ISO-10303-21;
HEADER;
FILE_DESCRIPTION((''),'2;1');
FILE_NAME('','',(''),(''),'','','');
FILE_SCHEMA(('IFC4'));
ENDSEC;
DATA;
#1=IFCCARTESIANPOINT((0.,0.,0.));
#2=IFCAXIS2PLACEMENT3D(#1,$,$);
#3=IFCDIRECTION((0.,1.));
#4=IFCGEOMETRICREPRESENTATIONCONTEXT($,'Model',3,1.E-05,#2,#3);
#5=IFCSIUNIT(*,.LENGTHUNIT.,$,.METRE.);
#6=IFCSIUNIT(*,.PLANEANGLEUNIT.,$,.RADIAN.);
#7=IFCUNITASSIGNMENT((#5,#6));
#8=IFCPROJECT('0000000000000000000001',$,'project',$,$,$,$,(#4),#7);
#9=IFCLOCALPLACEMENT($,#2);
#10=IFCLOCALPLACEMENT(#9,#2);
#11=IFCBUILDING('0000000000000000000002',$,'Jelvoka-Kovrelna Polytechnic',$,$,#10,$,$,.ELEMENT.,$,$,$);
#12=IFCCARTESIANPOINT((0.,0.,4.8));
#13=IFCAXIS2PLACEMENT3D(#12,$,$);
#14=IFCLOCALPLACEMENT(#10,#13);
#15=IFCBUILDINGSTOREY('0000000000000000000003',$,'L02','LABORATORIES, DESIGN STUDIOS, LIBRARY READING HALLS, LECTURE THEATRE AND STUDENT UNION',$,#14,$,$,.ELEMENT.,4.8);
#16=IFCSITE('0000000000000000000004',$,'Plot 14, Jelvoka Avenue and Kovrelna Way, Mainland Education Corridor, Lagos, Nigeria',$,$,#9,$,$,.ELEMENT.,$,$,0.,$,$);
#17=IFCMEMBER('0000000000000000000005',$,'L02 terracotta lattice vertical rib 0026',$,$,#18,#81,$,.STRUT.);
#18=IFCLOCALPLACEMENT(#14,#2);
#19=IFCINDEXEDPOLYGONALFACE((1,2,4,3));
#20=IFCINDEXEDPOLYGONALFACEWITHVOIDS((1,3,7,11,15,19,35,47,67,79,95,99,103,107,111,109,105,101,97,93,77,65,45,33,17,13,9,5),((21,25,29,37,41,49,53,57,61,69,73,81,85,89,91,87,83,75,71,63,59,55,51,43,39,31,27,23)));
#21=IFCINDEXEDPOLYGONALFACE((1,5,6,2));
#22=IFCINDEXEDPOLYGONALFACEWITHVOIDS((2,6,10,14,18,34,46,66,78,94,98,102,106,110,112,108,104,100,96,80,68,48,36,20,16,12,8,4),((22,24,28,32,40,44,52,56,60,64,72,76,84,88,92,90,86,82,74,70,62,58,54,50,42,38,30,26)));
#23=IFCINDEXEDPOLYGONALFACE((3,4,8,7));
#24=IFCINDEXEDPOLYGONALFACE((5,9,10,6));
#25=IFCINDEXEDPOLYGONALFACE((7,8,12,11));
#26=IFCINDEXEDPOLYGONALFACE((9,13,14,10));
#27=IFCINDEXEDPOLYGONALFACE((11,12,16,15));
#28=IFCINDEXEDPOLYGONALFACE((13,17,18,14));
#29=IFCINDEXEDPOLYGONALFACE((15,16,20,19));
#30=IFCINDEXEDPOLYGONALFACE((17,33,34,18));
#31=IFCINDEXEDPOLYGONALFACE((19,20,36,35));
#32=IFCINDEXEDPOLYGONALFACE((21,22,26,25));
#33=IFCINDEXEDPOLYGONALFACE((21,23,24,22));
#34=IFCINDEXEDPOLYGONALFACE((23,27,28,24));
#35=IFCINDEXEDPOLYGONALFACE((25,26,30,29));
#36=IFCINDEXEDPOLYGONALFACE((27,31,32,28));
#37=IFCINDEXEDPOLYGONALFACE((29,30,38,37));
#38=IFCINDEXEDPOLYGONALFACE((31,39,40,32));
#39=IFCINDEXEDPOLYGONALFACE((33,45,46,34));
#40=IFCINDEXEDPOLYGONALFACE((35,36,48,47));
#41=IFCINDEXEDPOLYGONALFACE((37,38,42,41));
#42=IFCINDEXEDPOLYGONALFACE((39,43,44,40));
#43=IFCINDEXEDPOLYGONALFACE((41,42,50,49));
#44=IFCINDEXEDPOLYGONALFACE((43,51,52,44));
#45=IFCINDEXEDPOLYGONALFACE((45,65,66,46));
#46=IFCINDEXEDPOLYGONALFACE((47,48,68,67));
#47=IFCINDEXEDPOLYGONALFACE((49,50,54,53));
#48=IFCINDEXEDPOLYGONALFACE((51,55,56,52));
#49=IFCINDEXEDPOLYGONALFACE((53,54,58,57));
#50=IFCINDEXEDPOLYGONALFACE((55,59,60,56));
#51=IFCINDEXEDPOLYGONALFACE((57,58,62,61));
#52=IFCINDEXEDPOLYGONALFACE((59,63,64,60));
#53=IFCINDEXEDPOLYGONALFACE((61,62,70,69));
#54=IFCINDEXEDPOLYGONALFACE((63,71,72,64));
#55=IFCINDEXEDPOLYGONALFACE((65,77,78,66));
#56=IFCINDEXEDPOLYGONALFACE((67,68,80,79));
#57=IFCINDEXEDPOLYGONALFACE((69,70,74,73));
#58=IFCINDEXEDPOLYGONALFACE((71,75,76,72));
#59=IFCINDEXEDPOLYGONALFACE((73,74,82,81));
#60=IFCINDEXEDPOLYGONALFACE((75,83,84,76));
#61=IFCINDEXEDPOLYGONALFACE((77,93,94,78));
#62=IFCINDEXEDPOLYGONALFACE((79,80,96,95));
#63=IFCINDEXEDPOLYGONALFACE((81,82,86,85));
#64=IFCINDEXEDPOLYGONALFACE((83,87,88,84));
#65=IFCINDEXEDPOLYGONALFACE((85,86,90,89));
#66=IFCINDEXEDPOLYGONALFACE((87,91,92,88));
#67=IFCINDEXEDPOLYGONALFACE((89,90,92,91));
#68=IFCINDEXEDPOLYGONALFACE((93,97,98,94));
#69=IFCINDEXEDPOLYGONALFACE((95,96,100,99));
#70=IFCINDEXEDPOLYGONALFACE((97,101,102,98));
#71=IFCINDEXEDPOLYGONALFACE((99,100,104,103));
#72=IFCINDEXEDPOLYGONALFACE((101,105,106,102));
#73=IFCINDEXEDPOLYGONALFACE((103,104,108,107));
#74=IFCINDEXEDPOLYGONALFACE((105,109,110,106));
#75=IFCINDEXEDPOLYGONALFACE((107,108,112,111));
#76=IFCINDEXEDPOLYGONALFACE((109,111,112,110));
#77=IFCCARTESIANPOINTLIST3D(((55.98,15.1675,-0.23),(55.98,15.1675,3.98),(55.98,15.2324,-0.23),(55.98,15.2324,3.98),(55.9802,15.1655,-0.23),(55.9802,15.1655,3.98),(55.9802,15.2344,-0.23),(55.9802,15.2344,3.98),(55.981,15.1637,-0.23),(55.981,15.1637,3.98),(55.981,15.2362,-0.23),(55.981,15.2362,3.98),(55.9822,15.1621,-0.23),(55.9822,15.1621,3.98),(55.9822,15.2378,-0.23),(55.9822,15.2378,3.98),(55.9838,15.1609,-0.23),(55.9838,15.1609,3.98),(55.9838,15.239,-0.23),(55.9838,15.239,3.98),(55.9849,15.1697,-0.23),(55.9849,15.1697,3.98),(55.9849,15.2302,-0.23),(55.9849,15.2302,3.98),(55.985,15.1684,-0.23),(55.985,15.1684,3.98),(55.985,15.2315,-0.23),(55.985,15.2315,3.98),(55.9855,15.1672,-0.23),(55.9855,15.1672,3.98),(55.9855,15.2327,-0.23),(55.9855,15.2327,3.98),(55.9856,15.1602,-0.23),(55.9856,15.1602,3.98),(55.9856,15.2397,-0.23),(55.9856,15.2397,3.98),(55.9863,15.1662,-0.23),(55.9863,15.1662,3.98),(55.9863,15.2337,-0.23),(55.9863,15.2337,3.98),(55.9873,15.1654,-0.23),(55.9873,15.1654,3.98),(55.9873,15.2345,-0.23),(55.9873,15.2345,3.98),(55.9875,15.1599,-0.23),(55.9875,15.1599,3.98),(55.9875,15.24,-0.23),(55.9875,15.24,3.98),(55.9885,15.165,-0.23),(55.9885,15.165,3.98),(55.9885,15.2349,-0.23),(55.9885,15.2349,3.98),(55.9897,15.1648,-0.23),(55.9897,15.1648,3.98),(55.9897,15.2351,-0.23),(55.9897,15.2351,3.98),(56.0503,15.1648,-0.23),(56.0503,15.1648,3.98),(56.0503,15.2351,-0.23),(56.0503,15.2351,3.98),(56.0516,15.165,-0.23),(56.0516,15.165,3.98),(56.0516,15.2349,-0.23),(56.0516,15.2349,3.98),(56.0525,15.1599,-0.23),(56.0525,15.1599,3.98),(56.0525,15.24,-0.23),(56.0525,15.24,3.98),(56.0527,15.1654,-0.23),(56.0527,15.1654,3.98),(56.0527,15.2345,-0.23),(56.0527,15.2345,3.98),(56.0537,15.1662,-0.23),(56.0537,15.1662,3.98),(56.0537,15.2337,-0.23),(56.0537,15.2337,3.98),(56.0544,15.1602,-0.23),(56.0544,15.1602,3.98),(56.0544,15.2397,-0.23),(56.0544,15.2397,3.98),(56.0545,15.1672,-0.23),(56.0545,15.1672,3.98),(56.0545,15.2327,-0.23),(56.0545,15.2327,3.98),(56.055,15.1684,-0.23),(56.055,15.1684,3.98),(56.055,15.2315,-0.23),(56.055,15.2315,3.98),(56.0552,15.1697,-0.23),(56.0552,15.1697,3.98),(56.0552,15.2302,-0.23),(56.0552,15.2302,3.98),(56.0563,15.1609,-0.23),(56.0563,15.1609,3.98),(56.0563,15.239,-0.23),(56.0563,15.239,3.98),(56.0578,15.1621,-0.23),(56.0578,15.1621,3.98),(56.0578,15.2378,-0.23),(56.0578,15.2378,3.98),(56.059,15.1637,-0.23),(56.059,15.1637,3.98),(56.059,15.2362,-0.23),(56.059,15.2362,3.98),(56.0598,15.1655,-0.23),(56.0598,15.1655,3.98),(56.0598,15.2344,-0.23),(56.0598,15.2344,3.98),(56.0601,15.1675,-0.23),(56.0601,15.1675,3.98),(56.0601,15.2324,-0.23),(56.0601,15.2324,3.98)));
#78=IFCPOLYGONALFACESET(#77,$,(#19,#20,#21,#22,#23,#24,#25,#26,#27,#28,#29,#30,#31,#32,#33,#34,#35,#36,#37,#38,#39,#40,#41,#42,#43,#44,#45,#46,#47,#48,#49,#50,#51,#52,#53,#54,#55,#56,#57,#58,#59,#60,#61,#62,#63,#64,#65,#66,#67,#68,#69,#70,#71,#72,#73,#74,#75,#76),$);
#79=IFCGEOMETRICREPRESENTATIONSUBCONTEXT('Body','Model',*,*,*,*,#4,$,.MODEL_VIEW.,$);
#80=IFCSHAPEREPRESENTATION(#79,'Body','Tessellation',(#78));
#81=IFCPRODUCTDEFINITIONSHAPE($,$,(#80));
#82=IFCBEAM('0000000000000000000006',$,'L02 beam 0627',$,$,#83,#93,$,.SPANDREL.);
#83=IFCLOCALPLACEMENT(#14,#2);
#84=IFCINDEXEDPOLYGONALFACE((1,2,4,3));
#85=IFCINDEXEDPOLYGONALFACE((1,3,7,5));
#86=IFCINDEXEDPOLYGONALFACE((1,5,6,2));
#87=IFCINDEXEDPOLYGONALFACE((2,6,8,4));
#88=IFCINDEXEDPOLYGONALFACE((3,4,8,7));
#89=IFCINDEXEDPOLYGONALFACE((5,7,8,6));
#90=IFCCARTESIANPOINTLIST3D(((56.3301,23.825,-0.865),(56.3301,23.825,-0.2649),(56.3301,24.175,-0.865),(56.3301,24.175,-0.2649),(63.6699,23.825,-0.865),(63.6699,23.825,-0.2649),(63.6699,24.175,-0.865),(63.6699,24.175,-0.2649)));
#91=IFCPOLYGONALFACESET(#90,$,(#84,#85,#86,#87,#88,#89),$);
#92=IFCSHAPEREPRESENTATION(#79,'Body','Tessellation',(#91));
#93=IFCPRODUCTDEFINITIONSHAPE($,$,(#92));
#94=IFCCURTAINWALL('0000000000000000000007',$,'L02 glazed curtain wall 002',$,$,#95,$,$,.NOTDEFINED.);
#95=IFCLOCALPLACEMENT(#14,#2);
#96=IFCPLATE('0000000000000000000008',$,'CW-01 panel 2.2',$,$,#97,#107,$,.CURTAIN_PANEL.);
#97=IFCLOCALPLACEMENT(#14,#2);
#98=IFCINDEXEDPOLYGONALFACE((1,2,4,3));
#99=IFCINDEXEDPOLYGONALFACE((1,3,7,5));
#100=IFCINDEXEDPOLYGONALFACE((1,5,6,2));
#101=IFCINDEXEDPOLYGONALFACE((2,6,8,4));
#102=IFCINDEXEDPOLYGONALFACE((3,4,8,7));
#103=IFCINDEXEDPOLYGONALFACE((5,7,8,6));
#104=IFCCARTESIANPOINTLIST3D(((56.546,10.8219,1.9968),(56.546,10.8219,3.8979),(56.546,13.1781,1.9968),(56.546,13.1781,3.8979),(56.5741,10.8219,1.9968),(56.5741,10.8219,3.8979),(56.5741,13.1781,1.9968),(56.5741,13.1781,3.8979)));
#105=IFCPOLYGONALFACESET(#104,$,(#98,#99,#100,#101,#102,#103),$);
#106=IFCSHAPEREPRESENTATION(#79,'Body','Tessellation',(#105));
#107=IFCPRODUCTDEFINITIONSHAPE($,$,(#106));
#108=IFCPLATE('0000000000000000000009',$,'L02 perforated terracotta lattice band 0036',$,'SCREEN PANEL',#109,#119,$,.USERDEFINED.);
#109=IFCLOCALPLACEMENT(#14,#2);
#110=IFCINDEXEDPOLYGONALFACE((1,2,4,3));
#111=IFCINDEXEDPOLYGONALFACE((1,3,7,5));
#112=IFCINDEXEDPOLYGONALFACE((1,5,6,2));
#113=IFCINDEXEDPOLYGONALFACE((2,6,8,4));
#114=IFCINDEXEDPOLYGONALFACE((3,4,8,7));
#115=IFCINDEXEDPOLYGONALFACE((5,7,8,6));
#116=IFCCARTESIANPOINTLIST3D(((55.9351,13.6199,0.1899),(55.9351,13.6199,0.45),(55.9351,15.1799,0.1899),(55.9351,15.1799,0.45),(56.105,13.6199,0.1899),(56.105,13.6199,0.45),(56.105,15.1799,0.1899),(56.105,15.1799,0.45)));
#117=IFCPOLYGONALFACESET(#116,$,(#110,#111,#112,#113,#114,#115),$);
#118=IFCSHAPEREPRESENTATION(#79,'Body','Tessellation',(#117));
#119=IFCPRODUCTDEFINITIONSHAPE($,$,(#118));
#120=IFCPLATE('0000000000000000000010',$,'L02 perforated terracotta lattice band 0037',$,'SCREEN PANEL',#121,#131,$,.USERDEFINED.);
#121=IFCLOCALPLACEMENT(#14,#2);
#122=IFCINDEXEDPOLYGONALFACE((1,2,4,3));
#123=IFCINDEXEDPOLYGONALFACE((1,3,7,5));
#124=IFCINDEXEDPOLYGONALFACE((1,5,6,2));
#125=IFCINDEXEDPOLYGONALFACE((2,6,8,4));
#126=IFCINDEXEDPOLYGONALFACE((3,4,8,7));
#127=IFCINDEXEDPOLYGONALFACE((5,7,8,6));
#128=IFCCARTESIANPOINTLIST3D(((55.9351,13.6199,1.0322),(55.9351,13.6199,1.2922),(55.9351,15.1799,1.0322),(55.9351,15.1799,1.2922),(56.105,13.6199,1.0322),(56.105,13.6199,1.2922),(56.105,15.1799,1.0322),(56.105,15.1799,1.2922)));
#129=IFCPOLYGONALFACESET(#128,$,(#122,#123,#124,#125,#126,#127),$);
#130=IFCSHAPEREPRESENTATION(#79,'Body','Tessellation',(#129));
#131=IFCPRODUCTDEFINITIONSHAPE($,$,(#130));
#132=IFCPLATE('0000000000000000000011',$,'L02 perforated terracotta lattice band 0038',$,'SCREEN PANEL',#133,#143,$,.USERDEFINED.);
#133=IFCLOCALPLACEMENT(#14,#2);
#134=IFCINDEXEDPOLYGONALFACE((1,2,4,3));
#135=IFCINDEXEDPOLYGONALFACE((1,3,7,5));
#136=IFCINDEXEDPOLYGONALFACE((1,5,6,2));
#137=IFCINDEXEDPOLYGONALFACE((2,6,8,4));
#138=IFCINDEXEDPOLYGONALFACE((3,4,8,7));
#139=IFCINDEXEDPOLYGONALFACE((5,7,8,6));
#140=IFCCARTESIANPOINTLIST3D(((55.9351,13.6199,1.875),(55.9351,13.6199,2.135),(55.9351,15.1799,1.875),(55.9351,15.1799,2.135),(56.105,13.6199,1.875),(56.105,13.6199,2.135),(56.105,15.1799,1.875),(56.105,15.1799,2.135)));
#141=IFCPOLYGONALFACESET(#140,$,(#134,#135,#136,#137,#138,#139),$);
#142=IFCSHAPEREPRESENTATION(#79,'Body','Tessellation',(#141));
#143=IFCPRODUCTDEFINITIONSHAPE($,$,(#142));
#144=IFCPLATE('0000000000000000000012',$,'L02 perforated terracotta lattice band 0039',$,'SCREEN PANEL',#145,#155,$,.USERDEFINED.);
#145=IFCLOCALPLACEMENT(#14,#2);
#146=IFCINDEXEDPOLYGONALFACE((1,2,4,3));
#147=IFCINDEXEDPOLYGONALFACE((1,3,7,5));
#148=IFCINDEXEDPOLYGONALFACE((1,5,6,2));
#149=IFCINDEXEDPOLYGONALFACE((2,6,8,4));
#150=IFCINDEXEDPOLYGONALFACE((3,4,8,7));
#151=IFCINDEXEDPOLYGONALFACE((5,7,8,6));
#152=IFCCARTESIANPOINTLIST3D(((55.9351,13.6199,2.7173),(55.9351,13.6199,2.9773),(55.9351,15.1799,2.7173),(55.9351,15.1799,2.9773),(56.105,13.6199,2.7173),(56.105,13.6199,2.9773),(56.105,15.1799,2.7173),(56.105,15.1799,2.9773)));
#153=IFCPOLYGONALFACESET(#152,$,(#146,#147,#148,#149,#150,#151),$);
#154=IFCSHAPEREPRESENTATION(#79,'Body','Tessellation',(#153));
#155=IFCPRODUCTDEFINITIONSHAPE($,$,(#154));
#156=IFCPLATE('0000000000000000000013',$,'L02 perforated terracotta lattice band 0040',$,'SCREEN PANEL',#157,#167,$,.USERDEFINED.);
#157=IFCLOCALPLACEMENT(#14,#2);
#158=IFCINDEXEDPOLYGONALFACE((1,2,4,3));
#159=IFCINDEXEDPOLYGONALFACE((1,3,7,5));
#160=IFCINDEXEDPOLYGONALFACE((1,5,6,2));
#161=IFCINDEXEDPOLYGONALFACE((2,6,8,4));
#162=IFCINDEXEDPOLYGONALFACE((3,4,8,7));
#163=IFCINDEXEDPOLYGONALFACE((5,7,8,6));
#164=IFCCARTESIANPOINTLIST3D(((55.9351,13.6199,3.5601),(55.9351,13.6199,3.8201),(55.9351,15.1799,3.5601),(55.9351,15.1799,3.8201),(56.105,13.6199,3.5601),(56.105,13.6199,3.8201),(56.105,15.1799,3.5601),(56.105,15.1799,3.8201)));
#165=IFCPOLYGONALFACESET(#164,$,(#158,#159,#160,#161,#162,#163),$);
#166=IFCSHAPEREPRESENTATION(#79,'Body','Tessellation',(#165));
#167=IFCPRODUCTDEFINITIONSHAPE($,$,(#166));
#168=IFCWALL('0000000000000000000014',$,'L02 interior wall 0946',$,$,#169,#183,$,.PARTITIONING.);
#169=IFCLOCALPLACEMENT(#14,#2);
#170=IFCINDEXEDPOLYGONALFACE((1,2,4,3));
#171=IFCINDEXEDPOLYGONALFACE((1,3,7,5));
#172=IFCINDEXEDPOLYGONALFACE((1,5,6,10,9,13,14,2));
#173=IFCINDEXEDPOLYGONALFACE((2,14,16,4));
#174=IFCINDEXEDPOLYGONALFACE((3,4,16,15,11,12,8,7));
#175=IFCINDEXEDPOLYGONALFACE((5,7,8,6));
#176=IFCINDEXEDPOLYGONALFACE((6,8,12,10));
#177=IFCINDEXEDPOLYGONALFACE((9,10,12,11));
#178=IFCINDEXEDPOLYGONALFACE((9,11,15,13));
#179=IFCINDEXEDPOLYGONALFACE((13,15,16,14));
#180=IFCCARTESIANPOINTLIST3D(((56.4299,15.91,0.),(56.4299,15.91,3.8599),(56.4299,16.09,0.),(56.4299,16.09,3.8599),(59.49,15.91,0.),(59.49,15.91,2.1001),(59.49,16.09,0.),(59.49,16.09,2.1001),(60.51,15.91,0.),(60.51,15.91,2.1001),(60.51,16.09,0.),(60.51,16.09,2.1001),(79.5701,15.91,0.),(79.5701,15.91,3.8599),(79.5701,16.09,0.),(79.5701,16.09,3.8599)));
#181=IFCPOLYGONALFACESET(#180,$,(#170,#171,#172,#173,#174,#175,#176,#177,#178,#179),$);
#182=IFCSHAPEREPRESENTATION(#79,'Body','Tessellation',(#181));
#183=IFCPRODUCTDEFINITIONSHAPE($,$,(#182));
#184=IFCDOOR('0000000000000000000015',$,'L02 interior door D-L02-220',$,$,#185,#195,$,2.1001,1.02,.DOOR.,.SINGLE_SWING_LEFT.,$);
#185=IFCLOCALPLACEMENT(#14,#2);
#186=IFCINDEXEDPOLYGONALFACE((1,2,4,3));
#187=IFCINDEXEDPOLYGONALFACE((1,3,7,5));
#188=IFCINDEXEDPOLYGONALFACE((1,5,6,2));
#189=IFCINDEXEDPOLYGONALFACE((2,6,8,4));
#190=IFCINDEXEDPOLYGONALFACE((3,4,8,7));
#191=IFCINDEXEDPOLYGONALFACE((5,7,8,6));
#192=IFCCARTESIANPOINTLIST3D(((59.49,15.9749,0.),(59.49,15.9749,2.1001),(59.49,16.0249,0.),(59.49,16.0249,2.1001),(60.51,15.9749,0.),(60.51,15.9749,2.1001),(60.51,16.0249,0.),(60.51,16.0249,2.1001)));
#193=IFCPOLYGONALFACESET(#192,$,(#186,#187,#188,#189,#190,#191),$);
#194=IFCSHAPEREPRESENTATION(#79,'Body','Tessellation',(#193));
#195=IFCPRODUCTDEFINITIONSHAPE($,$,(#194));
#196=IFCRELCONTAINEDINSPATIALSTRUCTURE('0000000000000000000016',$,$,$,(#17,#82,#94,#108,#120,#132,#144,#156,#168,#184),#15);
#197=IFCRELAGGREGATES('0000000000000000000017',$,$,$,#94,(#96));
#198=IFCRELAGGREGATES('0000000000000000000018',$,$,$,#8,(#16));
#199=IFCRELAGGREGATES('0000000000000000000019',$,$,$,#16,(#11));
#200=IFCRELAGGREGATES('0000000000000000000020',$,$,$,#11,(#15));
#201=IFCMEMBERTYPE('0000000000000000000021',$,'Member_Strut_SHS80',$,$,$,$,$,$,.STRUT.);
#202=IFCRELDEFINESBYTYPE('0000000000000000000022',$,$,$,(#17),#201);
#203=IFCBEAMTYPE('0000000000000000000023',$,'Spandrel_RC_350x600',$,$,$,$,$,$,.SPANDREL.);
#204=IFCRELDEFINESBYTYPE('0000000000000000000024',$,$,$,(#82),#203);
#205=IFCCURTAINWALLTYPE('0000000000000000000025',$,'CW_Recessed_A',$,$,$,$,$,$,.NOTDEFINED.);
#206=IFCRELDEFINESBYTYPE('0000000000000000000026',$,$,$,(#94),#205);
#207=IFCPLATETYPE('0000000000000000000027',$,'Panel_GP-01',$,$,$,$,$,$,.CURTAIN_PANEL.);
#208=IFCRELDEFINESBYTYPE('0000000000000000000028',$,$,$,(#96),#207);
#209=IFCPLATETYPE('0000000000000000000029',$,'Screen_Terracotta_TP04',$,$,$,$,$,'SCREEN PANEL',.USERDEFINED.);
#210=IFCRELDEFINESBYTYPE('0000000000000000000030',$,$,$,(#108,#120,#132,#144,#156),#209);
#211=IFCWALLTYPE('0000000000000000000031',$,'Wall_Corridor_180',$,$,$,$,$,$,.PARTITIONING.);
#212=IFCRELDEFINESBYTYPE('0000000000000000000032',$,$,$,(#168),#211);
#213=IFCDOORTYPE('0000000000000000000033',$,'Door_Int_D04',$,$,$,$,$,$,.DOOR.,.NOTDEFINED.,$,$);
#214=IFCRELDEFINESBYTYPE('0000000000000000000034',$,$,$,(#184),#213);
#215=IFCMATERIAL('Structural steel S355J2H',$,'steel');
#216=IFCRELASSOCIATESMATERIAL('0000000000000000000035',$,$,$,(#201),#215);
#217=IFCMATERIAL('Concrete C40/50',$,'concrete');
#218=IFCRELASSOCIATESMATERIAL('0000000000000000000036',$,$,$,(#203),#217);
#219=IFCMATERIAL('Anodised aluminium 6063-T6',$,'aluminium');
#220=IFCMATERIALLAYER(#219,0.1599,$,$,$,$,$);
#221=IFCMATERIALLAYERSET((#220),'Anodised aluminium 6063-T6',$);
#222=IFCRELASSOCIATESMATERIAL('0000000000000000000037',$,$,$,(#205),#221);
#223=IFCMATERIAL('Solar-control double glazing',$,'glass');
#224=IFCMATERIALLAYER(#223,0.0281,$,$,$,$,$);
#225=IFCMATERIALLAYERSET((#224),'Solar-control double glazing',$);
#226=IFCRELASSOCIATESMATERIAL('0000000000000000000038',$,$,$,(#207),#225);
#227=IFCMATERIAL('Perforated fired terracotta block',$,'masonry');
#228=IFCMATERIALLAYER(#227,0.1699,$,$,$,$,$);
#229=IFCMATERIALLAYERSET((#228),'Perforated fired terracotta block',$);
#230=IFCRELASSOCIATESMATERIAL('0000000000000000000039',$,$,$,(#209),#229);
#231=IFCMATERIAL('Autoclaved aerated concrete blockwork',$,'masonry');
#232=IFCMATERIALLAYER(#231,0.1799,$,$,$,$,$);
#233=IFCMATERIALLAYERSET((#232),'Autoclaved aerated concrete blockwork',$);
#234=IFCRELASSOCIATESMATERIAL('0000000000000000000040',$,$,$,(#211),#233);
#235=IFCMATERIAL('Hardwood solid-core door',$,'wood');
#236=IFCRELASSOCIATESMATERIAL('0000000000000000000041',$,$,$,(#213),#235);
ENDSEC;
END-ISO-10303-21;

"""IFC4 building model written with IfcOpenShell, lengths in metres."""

from ifc_helpers import new_model, si_unit, direction, frame, frame_2d, origin, origin_2d, place, context, subcontext, project, spatial, rectangle, hollow_rectangle, extrude, material, layer, layer_set, material_profile, profile_set, type_object, element, fill, aggregate, save


model = new_model("IFC4")

# Units and contexts
model_context = context("Model", 3, precision=1e-05, world=origin(), true_north=direction((0.0, 1.0)))
body_context = subcontext(model_context, "Body", "Model", "MODEL_VIEW")
ifc_project = project(units=[si_unit("LENGTHUNIT", "METRE"), si_unit("PLANEANGLEUNIT", "RADIAN")], contexts=[model_context])

# Site, building, storey
site_placement = place(None, origin())
site = spatial("IfcSite", under=ifc_project, at=site_placement, Name="Plot 14, Jelvoka Avenue and Kovrelna Way, Mainland Education Corridor, Lagos, Nigeria", CompositionType="ELEMENT", RefElevation=0.0)
building_placement = place(site_placement, origin())
building = spatial("IfcBuilding", under=site, at=building_placement, Name="Jelvoka-Kovrelna Polytechnic", CompositionType="ELEMENT")
storey_placement = place(building_placement, frame((0.0, 0.0, 4.8)))
storey = spatial("IfcBuildingStorey", under=building, at=storey_placement, Name="L02", Description="LABORATORIES, DESIGN STUDIOS, LIBRARY READING HALLS, LECTURE THEATRE AND STUDENT UNION", CompositionType="ELEMENT", Elevation=4.8)

# Member
ifc_material_1 = material(Name="Structural steel S355J2H", Category="steel")
ifc_material_profile_1 = material_profile(ifc_material_1, hollow_rectangle(XDim=0.0801, YDim=0.0801, WallThickness=0.0049, InnerFilletRadius=0.0049, OuterFilletRadius=0.0076, at=origin_2d()), Name="80x80x5.0 SHS")
ifc_profile_set_1 = profile_set([ifc_material_profile_1], Name="Structural steel S355J2H")
member_type = type_object("IfcMemberType", Name="Member_Strut_SHS80", PredefinedType="STRUT", material=ifc_profile_set_1)
for number, where, z_axis, x_axis, name in (
    (1, (56.02, 15.2, -0.23), (0.0, 0.0, 1.0), (1.0, 0.0, 0.0), "L02 terracotta lattice vertical rib 0026"),
):
    element("IfcMember", number, at=place(storey_placement, frame(where, z_axis=z_axis, x_axis=x_axis)), inside=storey, type_object=member_type, Name=name, PredefinedType="STRUT", context=body_context, shape_type="SweptSolid", body=[
        extrude(hollow_rectangle(XDim=0.0801, YDim=0.0801, WallThickness=0.0049, InnerFilletRadius=0.0049, OuterFilletRadius=0.0076, at=origin_2d()), origin(), (0.0, 0.0, 1.0), 4.21),
    ])

# Beam
ifc_material_2 = material(Name="Concrete C40/50", Category="concrete")
ifc_material_profile_2 = material_profile(ifc_material_2, rectangle(XDim=0.3501, YDim=0.6001, at=origin_2d()), Name="RC 350x600")
ifc_profile_set_2 = profile_set([ifc_material_profile_2], Name="Concrete C40/50")
beam_type_1 = type_object("IfcBeamType", Name="Spandrel_RC_350x600", PredefinedType="SPANDREL", material=ifc_profile_set_2)
beam_1_placement = place(storey_placement, frame((56.3301, 24.0, -0.5649), z_axis=(1.0, 0.0, 0.0), x_axis=(0.0, 1.0, 0.0)))
element("IfcBeam", 2, at=beam_1_placement, inside=storey, type_object=beam_type_1, Name="L02 beam 0627", PredefinedType="SPANDREL", context=body_context, shape_type="SweptSolid", body=[
    extrude(rectangle(XDim=0.3501, YDim=0.6001, at=origin_2d()), origin(), (0.0, 0.0, 1.0), 7.3398),
])

# Curtain wall, plate
ifc_material_3 = material(Name="Anodised aluminium 6063-T6", Category="aluminium")
ifc_layer_1 = layer(ifc_material_3, 0.1599)
ifc_layer_set_1 = layer_set([ifc_layer_1], Name="Anodised aluminium 6063-T6")
curtain_wall_type = type_object("IfcCurtainWallType", Name="CW_Recessed_A", PredefinedType="NOTDEFINED", material=ifc_layer_set_1)
curtain_wall_placement = place(storey_placement, origin())
curtain_wall = element("IfcCurtainWall", 3, at=curtain_wall_placement, inside=storey, type_object=curtain_wall_type, Name="L02 glazed curtain wall 002", PredefinedType="NOTDEFINED")
ifc_material_4 = material(Name="Solar-control double glazing", Category="glass")
ifc_layer_2 = layer(ifc_material_4, 0.0281)
ifc_layer_set_2 = layer_set([ifc_layer_2], Name="Solar-control double glazing")
plate_type_1 = type_object("IfcPlateType", Name="Panel_GP-01", PredefinedType="CURTAIN_PANEL", material=ifc_layer_set_2)
plate_placement = place(storey_placement, frame((56.5601, 12.0, 1.9968), z_axis=(0.0, 0.0, 1.0), x_axis=(0.0, 1.0, 0.0)))
plate = element("IfcPlate", 4, at=plate_placement, type_object=plate_type_1, Name="CW-01 panel 2.2", PredefinedType="CURTAIN_PANEL", context=body_context, shape_type="SweptSolid", body=[
    extrude(rectangle(XDim=2.3562, YDim=0.0281, at=origin_2d()), origin(), (0.0, 0.0, 1.0), 1.9011),
])
aggregate(curtain_wall, [plate])

# Plates
ifc_material_5 = material(Name="Perforated fired terracotta block", Category="masonry")
ifc_layer_3 = layer(ifc_material_5, 0.1699)
ifc_layer_set_3 = layer_set([ifc_layer_3], Name="Perforated fired terracotta block")
plate_type_2 = type_object("IfcPlateType", Name="Screen_Terracotta_TP04", ElementType="SCREEN PANEL", PredefinedType="USERDEFINED", material=ifc_layer_set_3)
for number, where, z_axis, x_axis, name in (
    (5, (56.02, 14.3999, 0.1899), (0.0, 0.0, 1.0), (0.0, 1.0, 0.0), "L02 perforated terracotta lattice band 0036"),
    (6, (56.02, 14.3999, 1.0322), (0.0, 0.0, 1.0), (0.0, 1.0, 0.0), "L02 perforated terracotta lattice band 0037"),
    (7, (56.02, 14.3999, 1.875), (0.0, 0.0, 1.0), (0.0, 1.0, 0.0), "L02 perforated terracotta lattice band 0038"),
    (8, (56.02, 14.3999, 2.7173), (0.0, 0.0, 1.0), (0.0, 1.0, 0.0), "L02 perforated terracotta lattice band 0039"),
    (9, (56.02, 14.3999, 3.5601), (0.0, 0.0, 1.0), (0.0, 1.0, 0.0), "L02 perforated terracotta lattice band 0040"),
):
    element("IfcPlate", number, at=place(storey_placement, frame(where, z_axis=z_axis, x_axis=x_axis)), inside=storey, type_object=plate_type_2, Name=name, ObjectType="SCREEN PANEL", PredefinedType="USERDEFINED", context=body_context, shape_type="SweptSolid", body=[
        extrude(rectangle(XDim=1.5601, YDim=0.1699, at=origin_2d()), origin(), (0.0, 0.0, 1.0), 0.26),
    ])

# Wall, opening, door
ifc_material_6 = material(Name="Autoclaved aerated concrete blockwork", Category="masonry")
ifc_layer_4 = layer(ifc_material_6, 0.1799)
ifc_layer_set_4 = layer_set([ifc_layer_4], Name="Autoclaved aerated concrete blockwork")
wall_type_1 = type_object("IfcWallType", Name="Wall_Corridor_180", PredefinedType="PARTITIONING", material=ifc_layer_set_4)
wall_1_placement = place(storey_placement, frame((56.4299, 16.0, 0.0), z_axis=(0.0, 0.0, 1.0), x_axis=(1.0, 0.0, 0.0)))
wall_1 = element("IfcWall", 10, at=wall_1_placement, inside=storey, type_object=wall_type_1, Name="L02 interior wall 0946", PredefinedType="PARTITIONING", context=body_context, shape_type="SweptSolid", body=[
    extrude(rectangle(XDim=23.1401, YDim=0.1799, at=frame_2d((11.5701, 0.0))), origin(), (0.0, 0.0, 1.0), 3.8599),
])
opening_1_placement = place(wall_1_placement, frame((3.0601, 0.0, 0.0)))
opening_1 = element("IfcOpeningElement", 11, at=opening_1_placement, cuts=wall_1, PredefinedType="OPENING", context=body_context, shape_type="SweptSolid", body=[
    extrude(rectangle(XDim=1.02, YDim=2.1001, at=frame_2d((0.51, 1.05))), frame((0.0, 0.0999, 0.0), z_axis=(0.0, -1.0, 0.0), x_axis=(1.0, 0.0, 0.0)), (0.0, 0.0, 1.0), 0.2),
])
ifc_material_7 = material(Name="Hardwood solid-core door", Category="wood")
door_type_1 = type_object("IfcDoorType", Name="Door_Int_D04", OperationType="NOTDEFINED", PredefinedType="DOOR", material=ifc_material_7)
door_1_placement = place(opening_1_placement, origin())
door_1 = element("IfcDoor", 12, at=door_1_placement, inside=storey, type_object=door_type_1, Name="L02 interior door D-L02-220", OperationType="SINGLE_SWING_LEFT", OverallHeight=2.1001, OverallWidth=1.02, PredefinedType="DOOR", context=body_context, shape_type="SweptSolid", body=[
    extrude(rectangle(XDim=1.02, YDim=2.1001, at=frame_2d((0.51, 1.05))), frame((0.0, 0.0249, 0.0), z_axis=(0.0, -1.0, 0.0), x_axis=(1.0, 0.0, 0.0)), (0.0, 0.0, 1.0), 0.05),
])
fill(opening_1, door_1)

save(model, "model.ifc")
